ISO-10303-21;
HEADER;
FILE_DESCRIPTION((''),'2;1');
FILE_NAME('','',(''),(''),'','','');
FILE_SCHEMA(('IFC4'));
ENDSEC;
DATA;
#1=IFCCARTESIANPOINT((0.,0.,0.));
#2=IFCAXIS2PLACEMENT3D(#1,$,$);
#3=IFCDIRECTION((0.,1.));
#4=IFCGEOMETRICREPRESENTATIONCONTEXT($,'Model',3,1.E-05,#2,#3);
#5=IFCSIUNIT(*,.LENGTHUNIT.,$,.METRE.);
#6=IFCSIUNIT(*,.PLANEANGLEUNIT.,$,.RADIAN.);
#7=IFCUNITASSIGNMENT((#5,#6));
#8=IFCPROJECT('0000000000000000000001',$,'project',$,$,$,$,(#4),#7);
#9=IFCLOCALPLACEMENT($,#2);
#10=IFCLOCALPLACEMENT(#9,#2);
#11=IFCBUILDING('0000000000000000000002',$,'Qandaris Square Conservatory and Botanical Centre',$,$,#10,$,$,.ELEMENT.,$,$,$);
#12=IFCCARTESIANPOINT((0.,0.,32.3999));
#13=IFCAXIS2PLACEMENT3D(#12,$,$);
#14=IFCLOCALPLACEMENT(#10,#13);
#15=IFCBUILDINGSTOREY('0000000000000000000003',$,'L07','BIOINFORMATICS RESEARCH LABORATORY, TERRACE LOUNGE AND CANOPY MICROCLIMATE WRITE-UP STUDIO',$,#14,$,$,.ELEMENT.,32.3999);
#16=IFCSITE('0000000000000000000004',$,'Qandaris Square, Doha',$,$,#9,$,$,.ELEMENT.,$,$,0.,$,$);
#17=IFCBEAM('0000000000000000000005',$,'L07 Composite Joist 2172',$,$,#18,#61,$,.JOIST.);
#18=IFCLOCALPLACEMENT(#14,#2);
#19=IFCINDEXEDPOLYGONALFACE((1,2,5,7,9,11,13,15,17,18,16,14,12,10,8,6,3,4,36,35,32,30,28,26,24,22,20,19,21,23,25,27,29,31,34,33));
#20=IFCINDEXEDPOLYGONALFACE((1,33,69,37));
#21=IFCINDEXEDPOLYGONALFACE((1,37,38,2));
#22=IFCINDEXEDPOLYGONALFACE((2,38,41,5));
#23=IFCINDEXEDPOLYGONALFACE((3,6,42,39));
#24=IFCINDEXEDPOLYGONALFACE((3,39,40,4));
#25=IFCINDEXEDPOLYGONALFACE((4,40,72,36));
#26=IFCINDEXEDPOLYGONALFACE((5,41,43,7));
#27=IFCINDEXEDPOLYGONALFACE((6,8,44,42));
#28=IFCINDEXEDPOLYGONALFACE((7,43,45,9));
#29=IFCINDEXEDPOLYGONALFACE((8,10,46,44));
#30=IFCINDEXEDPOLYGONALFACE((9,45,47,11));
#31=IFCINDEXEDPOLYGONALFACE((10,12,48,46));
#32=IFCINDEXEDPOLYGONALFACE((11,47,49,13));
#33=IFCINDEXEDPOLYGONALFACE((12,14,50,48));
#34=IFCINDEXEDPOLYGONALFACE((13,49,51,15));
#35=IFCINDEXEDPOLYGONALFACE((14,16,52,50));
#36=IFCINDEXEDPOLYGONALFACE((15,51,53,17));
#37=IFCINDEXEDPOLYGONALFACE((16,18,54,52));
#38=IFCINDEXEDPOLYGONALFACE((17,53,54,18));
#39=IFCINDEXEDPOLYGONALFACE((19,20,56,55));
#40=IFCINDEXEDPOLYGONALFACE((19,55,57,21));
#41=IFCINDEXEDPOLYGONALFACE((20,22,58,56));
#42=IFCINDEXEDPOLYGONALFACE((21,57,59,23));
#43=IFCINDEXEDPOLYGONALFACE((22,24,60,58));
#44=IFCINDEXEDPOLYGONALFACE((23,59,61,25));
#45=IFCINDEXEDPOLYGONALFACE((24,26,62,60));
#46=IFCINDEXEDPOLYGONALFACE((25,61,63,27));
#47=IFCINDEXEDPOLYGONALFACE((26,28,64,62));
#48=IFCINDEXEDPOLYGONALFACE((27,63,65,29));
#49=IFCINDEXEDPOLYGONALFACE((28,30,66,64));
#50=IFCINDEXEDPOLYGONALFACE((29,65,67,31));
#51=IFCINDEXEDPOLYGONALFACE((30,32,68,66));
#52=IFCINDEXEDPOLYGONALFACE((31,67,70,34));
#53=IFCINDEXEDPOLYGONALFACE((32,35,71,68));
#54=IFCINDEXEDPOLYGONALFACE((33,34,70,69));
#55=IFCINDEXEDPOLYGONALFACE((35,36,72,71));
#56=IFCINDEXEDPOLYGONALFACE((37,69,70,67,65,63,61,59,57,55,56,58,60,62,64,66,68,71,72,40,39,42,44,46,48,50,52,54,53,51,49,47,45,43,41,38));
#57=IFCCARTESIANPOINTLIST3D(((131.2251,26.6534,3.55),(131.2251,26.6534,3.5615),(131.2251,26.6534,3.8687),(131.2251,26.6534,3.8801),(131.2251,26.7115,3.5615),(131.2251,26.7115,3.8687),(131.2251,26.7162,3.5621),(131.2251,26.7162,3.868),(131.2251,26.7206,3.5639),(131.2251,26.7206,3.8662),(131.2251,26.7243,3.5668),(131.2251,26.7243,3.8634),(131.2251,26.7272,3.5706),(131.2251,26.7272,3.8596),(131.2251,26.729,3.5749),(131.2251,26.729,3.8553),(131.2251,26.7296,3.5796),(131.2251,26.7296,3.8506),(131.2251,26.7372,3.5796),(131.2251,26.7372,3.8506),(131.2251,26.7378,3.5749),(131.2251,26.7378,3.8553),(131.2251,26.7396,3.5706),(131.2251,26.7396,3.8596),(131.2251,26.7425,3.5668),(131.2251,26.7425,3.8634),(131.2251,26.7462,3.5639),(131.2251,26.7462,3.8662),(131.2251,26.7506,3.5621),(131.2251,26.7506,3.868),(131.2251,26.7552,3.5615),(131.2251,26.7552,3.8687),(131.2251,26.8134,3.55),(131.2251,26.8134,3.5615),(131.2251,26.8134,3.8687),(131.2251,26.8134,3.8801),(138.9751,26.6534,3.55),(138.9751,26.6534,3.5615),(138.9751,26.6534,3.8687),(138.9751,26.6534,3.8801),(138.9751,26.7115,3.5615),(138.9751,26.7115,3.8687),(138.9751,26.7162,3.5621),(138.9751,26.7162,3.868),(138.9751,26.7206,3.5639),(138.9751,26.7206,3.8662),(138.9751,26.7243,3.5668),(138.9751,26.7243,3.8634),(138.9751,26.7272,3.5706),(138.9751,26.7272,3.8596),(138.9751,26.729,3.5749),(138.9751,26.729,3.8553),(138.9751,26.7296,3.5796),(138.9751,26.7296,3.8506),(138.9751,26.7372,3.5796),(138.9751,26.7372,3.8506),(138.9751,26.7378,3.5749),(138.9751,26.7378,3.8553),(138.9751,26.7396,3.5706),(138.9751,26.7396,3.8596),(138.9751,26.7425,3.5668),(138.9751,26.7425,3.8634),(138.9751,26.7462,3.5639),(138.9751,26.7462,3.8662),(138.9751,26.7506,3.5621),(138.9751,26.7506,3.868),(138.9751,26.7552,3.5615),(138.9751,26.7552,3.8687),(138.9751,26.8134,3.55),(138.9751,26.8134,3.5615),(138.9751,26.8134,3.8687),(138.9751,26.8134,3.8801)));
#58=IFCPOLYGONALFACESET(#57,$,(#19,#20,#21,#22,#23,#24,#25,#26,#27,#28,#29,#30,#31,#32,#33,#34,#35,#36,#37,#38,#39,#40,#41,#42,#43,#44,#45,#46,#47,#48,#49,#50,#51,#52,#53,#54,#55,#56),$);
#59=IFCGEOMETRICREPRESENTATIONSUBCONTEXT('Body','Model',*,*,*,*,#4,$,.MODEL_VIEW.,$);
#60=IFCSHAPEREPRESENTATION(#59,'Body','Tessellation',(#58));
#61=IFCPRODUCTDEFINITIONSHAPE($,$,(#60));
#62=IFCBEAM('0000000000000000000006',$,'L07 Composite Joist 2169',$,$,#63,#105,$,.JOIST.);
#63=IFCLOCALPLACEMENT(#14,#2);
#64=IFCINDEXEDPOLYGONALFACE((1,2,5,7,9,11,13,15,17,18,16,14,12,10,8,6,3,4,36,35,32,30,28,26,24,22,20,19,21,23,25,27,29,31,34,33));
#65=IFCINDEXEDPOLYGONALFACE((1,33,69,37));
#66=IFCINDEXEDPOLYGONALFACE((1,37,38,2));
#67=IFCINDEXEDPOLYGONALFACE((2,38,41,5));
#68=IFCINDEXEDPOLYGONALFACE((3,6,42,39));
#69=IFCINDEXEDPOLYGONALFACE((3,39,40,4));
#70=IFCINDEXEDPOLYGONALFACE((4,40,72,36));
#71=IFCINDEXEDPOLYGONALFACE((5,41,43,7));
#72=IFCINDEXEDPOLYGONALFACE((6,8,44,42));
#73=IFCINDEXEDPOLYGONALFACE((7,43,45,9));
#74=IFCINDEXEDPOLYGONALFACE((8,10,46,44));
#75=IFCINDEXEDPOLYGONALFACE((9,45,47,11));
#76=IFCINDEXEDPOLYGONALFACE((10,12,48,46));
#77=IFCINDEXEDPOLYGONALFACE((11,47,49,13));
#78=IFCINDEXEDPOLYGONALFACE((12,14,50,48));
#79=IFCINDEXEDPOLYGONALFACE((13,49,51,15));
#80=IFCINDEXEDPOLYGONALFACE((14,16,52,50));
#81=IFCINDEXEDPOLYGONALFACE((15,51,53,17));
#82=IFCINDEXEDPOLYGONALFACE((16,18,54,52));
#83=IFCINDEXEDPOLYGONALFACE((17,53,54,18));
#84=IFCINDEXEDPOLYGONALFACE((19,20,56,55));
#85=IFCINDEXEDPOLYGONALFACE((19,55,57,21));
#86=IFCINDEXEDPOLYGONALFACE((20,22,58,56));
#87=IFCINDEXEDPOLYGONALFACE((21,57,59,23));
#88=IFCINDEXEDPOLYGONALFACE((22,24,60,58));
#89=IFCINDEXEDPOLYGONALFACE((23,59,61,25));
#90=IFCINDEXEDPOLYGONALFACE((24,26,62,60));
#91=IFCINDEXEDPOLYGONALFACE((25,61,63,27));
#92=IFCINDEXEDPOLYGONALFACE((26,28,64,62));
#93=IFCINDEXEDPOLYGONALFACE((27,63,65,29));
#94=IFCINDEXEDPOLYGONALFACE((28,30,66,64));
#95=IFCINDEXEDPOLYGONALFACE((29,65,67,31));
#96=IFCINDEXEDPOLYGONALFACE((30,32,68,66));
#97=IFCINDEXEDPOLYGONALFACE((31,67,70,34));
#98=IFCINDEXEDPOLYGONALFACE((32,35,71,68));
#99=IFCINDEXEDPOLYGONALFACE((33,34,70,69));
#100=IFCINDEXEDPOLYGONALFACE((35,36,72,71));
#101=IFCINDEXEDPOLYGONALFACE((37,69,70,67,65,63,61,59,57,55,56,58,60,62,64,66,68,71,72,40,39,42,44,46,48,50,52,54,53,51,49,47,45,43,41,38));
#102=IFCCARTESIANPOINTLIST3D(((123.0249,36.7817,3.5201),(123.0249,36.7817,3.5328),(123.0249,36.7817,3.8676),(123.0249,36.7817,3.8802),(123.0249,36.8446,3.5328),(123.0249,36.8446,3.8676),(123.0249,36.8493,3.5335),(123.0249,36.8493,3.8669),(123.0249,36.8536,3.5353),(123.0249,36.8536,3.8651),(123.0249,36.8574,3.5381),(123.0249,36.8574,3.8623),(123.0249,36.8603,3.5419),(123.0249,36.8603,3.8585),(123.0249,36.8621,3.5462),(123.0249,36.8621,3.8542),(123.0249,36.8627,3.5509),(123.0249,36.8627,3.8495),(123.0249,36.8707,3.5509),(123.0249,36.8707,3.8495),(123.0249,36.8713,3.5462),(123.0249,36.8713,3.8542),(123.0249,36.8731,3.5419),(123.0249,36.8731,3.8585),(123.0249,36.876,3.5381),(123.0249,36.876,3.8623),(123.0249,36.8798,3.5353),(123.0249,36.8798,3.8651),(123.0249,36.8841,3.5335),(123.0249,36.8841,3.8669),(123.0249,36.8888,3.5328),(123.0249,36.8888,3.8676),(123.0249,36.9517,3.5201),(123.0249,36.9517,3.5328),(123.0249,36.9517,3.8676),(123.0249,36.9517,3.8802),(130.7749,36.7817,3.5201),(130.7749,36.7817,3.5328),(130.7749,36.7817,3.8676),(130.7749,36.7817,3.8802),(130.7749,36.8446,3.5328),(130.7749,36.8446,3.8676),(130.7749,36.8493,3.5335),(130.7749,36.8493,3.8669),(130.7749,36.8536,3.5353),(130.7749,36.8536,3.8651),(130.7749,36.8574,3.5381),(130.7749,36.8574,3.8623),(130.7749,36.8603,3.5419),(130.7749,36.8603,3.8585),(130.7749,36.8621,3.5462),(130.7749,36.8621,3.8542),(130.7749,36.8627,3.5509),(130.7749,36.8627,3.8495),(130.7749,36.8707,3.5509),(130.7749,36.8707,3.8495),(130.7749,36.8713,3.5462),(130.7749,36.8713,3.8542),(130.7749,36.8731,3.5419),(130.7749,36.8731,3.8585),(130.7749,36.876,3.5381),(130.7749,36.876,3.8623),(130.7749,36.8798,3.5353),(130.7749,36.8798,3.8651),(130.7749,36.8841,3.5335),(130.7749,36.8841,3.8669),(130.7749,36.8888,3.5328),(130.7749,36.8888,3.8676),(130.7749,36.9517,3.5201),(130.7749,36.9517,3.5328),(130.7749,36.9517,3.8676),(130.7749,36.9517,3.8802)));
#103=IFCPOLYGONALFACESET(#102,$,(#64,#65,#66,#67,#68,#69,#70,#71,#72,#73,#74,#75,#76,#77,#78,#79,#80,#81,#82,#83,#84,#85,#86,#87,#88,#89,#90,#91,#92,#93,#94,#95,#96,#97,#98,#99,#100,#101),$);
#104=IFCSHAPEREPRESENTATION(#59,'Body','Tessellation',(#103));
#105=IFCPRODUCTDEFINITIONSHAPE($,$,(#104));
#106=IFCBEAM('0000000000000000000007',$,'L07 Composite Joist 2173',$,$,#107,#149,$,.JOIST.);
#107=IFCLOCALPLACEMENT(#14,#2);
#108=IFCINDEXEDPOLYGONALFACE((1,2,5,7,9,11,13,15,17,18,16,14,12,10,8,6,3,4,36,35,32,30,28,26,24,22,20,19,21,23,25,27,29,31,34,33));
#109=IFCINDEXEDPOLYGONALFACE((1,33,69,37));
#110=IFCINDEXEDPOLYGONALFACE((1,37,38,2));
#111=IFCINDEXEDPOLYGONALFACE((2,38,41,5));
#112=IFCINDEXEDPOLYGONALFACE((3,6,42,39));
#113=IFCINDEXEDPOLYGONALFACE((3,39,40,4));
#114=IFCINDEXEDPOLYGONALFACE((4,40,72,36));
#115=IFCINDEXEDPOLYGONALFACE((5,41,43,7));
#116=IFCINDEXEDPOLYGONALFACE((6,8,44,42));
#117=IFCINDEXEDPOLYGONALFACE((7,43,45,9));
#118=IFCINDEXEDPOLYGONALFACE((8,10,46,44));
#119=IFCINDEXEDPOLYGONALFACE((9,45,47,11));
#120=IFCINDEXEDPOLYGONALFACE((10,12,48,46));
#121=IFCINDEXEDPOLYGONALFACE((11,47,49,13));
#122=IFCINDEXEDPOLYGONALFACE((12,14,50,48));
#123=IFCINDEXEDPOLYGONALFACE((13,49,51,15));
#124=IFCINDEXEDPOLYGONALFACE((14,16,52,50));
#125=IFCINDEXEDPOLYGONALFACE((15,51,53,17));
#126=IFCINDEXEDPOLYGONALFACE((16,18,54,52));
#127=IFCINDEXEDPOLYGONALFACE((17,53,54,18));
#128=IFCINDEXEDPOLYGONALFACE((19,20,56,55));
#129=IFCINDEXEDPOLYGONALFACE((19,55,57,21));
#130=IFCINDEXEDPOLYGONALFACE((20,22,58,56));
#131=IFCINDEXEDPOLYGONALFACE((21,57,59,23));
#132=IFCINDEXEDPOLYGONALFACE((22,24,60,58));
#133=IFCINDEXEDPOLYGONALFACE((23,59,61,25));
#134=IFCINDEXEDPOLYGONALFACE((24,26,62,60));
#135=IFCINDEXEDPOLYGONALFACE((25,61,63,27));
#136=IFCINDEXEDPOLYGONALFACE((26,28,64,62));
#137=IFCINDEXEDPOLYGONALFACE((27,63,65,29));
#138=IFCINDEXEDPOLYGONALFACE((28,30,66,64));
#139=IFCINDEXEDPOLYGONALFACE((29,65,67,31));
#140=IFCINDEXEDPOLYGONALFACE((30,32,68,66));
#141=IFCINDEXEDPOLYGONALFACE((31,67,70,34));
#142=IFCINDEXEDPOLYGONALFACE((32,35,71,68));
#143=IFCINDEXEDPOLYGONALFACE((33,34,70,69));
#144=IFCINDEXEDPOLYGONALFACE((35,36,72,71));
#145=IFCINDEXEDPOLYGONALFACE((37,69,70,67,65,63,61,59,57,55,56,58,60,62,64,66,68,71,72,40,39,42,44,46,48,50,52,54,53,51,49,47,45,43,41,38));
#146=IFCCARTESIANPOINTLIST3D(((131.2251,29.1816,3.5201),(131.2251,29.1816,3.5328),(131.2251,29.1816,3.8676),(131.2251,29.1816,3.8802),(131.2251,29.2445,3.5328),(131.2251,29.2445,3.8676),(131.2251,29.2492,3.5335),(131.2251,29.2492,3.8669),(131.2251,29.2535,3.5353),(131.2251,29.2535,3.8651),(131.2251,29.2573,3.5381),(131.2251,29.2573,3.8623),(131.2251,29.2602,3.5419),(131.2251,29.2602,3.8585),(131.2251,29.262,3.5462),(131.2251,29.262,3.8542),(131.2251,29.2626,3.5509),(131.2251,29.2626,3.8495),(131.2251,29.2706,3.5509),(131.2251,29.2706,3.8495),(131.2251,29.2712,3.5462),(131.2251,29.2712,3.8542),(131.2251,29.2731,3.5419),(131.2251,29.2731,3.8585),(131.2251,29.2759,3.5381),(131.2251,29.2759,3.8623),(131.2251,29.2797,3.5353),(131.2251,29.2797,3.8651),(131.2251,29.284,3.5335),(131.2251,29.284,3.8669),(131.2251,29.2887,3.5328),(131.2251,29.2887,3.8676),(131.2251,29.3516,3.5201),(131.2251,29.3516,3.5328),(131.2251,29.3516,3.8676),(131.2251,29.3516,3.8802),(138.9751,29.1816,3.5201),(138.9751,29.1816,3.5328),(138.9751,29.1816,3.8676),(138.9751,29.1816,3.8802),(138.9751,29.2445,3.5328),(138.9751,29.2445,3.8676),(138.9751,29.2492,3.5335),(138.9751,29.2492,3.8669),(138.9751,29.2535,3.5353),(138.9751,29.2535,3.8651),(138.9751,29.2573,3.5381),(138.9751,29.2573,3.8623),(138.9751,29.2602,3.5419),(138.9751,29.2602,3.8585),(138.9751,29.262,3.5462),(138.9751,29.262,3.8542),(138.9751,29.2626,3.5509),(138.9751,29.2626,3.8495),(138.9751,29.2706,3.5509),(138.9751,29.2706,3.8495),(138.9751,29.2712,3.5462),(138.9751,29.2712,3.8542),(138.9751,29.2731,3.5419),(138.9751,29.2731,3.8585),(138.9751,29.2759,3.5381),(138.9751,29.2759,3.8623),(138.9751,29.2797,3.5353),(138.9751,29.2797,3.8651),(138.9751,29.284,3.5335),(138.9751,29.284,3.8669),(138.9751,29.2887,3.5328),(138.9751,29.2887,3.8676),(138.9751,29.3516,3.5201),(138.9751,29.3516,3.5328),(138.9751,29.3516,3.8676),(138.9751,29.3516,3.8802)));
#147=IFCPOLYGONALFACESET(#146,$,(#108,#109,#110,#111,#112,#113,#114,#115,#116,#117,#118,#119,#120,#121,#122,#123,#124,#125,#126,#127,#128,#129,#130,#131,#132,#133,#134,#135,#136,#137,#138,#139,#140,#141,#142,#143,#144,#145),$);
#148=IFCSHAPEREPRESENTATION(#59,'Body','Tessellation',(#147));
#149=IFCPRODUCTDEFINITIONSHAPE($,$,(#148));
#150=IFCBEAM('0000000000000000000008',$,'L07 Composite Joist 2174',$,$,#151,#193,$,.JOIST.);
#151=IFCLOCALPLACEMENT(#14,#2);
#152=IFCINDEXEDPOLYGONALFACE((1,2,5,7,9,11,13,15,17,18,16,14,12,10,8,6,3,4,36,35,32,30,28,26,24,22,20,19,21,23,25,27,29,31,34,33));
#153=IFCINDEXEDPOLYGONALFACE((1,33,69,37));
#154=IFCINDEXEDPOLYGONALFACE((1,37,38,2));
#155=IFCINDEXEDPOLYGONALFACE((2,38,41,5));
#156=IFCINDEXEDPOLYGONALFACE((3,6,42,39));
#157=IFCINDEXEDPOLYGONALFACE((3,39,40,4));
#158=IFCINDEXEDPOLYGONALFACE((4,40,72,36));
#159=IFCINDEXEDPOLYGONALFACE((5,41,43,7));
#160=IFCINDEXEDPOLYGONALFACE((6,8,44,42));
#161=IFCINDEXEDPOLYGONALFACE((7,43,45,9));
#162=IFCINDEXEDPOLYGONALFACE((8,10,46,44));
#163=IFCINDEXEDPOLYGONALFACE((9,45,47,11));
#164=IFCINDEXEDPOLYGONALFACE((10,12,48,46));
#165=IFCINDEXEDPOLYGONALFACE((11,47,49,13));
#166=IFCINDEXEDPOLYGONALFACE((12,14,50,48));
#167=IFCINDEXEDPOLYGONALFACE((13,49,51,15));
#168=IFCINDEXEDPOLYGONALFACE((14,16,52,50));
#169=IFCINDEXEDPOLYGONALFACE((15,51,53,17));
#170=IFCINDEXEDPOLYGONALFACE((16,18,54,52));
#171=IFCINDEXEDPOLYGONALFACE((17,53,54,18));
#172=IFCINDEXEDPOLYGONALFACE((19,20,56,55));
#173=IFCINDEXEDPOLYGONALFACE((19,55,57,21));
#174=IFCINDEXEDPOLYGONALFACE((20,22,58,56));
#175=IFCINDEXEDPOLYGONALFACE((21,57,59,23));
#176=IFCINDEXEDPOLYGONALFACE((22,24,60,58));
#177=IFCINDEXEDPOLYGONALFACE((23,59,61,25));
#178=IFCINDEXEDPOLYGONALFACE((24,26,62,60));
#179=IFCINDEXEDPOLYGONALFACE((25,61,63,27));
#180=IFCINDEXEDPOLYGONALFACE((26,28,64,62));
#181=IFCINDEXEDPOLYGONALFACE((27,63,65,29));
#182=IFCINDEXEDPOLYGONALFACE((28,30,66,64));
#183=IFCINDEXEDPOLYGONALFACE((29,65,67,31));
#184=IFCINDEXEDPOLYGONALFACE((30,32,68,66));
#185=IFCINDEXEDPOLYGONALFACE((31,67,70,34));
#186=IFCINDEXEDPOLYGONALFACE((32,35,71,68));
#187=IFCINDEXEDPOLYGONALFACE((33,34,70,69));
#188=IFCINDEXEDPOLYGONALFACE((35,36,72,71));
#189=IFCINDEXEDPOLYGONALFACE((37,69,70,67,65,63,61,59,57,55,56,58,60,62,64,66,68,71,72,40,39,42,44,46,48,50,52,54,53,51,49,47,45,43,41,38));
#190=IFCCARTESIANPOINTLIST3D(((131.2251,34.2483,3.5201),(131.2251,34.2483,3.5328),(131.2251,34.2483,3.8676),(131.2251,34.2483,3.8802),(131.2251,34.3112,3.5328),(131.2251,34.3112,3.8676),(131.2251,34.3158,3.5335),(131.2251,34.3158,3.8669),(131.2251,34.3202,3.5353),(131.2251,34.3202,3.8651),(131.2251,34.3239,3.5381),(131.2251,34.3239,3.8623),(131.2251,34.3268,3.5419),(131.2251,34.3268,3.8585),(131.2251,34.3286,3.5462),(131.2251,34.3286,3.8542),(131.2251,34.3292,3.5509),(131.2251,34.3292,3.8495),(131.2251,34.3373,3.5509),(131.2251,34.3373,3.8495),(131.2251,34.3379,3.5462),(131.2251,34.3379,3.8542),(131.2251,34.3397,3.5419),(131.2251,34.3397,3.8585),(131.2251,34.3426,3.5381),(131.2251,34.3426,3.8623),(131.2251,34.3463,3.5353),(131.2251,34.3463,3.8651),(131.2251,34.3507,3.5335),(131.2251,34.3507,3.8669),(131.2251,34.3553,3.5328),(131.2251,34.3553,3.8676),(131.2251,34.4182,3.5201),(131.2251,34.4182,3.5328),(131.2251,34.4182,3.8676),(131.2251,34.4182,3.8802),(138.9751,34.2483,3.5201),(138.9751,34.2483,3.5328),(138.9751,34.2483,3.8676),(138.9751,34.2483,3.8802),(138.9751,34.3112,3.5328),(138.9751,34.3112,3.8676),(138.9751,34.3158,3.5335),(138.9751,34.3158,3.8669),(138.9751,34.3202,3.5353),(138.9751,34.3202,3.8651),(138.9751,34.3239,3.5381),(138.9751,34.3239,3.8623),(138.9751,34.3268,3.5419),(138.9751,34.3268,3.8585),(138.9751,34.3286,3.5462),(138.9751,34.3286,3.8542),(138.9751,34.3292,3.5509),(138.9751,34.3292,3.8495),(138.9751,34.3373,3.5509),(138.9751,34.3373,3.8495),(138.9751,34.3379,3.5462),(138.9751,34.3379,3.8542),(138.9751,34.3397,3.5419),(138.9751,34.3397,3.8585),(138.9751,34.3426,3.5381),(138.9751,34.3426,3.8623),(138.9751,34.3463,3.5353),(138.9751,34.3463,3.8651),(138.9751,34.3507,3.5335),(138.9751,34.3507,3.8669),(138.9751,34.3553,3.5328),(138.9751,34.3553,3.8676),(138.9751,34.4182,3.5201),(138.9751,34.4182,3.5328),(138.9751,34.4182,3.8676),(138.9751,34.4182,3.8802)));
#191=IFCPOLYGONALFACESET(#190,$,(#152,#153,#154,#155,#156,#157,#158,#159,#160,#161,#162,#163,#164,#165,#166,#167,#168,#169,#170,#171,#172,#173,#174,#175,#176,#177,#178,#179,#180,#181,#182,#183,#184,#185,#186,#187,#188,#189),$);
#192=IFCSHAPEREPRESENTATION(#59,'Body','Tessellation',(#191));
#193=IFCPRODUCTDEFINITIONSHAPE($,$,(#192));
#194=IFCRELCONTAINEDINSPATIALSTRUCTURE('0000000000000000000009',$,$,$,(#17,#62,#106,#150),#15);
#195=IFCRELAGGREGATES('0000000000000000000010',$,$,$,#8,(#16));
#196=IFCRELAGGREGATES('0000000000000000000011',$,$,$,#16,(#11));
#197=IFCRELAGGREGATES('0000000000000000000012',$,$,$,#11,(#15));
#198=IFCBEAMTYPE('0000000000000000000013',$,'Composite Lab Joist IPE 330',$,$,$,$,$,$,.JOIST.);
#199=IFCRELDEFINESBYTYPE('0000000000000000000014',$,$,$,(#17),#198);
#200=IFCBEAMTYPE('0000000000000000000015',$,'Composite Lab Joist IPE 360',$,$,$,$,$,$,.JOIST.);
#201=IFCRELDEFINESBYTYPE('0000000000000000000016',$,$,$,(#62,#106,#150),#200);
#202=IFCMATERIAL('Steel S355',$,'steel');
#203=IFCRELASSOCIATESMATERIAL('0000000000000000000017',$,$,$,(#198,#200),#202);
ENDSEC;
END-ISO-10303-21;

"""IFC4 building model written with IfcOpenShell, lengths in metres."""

from ifc_helpers import new_model, si_unit, direction, frame, origin, origin_2d, place, context, subcontext, project, spatial, i_section, extrude, material, material_profile, profile_set, type_object, element, save


model = new_model("IFC4")

# Units and contexts
model_context = context("Model", 3, precision=1e-05, world=origin(), true_north=direction((0.0, 1.0)))
body_context = subcontext(model_context, "Body", "Model", "MODEL_VIEW")
ifc_project = project(units=[si_unit("LENGTHUNIT", "METRE"), si_unit("PLANEANGLEUNIT", "RADIAN")], contexts=[model_context])

# Site, building, storey
site_placement = place(None, origin())
site = spatial("IfcSite", under=ifc_project, at=site_placement, Name="Qandaris Square, Doha", CompositionType="ELEMENT", RefElevation=0.0)
building_placement = place(site_placement, origin())
building = spatial("IfcBuilding", under=site, at=building_placement, Name="Qandaris Square Conservatory and Botanical Centre", CompositionType="ELEMENT")
storey_placement = place(building_placement, frame((0.0, 0.0, 32.3999)))
storey = spatial("IfcBuildingStorey", under=building, at=storey_placement, Name="L07", Description="BIOINFORMATICS RESEARCH LABORATORY, TERRACE LOUNGE AND CANOPY MICROCLIMATE WRITE-UP STUDIO", CompositionType="ELEMENT", Elevation=32.3999)

# Beams
ifc_material_1 = material(Name="Steel S355", Category="steel")
ifc_material_profile_1 = material_profile(ifc_material_1, i_section(OverallWidth=0.1599, OverallDepth=0.3301, WebThickness=0.0076, FlangeThickness=0.0115, FilletRadius=0.0181, at=origin_2d()), Name="IPE 330")
ifc_profile_set_1 = profile_set([ifc_material_profile_1], Name="Steel S355")
beam_type_1 = type_object("IfcBeamType", Name="Composite Lab Joist IPE 330", PredefinedType="JOIST", material=ifc_profile_set_1)
for number, where, z_axis, x_axis, name in (
    (1, (131.2251, 26.7334, 3.7151), (1.0, 0.0, 0.0), (0.0, 1.0, 0.0), "L07 Composite Joist 2172"),
):
    element("IfcBeam", number, at=place(storey_placement, frame(where, z_axis=z_axis, x_axis=x_axis)), inside=storey, type_object=beam_type_1, Name=name, PredefinedType="JOIST", context=body_context, shape_type="SweptSolid", body=[
        extrude(i_section(OverallWidth=0.1599, OverallDepth=0.3301, WebThickness=0.0076, FlangeThickness=0.0115, FilletRadius=0.0181, at=origin_2d()), origin(), (0.0, 0.0, 1.0), 7.75),
    ])
ifc_material_profile_2 = material_profile(ifc_material_1, i_section(OverallWidth=0.1699, OverallDepth=0.3601, WebThickness=0.0081, FlangeThickness=0.0127, FilletRadius=0.0181, at=origin_2d()), Name="IPE 360")
ifc_profile_set_2 = profile_set([ifc_material_profile_2], Name="Steel S355")
beam_type_2 = type_object("IfcBeamType", Name="Composite Lab Joist IPE 360", PredefinedType="JOIST", material=ifc_profile_set_2)
for number, where, z_axis, x_axis, name in (
    (2, (123.0249, 36.8667, 3.7002), (1.0, 0.0, 0.0), (0.0, 1.0, 0.0), "L07 Composite Joist 2169"),
    (3, (131.2251, 29.2666, 3.7002), (1.0, 0.0, 0.0), (0.0, 1.0, 0.0), "L07 Composite Joist 2173"),
    (4, (131.2251, 34.3333, 3.7002), (1.0, 0.0, 0.0), (0.0, 1.0, 0.0), "L07 Composite Joist 2174"),
):
    element("IfcBeam", number, at=place(storey_placement, frame(where, z_axis=z_axis, x_axis=x_axis)), inside=storey, type_object=beam_type_2, Name=name, PredefinedType="JOIST", context=body_context, shape_type="SweptSolid", body=[
        extrude(i_section(OverallWidth=0.1699, OverallDepth=0.3601, WebThickness=0.0081, FlangeThickness=0.0127, FilletRadius=0.0181, at=origin_2d()), origin(), (0.0, 0.0, 1.0), 7.75),
    ])

save(model, "model.ifc")
